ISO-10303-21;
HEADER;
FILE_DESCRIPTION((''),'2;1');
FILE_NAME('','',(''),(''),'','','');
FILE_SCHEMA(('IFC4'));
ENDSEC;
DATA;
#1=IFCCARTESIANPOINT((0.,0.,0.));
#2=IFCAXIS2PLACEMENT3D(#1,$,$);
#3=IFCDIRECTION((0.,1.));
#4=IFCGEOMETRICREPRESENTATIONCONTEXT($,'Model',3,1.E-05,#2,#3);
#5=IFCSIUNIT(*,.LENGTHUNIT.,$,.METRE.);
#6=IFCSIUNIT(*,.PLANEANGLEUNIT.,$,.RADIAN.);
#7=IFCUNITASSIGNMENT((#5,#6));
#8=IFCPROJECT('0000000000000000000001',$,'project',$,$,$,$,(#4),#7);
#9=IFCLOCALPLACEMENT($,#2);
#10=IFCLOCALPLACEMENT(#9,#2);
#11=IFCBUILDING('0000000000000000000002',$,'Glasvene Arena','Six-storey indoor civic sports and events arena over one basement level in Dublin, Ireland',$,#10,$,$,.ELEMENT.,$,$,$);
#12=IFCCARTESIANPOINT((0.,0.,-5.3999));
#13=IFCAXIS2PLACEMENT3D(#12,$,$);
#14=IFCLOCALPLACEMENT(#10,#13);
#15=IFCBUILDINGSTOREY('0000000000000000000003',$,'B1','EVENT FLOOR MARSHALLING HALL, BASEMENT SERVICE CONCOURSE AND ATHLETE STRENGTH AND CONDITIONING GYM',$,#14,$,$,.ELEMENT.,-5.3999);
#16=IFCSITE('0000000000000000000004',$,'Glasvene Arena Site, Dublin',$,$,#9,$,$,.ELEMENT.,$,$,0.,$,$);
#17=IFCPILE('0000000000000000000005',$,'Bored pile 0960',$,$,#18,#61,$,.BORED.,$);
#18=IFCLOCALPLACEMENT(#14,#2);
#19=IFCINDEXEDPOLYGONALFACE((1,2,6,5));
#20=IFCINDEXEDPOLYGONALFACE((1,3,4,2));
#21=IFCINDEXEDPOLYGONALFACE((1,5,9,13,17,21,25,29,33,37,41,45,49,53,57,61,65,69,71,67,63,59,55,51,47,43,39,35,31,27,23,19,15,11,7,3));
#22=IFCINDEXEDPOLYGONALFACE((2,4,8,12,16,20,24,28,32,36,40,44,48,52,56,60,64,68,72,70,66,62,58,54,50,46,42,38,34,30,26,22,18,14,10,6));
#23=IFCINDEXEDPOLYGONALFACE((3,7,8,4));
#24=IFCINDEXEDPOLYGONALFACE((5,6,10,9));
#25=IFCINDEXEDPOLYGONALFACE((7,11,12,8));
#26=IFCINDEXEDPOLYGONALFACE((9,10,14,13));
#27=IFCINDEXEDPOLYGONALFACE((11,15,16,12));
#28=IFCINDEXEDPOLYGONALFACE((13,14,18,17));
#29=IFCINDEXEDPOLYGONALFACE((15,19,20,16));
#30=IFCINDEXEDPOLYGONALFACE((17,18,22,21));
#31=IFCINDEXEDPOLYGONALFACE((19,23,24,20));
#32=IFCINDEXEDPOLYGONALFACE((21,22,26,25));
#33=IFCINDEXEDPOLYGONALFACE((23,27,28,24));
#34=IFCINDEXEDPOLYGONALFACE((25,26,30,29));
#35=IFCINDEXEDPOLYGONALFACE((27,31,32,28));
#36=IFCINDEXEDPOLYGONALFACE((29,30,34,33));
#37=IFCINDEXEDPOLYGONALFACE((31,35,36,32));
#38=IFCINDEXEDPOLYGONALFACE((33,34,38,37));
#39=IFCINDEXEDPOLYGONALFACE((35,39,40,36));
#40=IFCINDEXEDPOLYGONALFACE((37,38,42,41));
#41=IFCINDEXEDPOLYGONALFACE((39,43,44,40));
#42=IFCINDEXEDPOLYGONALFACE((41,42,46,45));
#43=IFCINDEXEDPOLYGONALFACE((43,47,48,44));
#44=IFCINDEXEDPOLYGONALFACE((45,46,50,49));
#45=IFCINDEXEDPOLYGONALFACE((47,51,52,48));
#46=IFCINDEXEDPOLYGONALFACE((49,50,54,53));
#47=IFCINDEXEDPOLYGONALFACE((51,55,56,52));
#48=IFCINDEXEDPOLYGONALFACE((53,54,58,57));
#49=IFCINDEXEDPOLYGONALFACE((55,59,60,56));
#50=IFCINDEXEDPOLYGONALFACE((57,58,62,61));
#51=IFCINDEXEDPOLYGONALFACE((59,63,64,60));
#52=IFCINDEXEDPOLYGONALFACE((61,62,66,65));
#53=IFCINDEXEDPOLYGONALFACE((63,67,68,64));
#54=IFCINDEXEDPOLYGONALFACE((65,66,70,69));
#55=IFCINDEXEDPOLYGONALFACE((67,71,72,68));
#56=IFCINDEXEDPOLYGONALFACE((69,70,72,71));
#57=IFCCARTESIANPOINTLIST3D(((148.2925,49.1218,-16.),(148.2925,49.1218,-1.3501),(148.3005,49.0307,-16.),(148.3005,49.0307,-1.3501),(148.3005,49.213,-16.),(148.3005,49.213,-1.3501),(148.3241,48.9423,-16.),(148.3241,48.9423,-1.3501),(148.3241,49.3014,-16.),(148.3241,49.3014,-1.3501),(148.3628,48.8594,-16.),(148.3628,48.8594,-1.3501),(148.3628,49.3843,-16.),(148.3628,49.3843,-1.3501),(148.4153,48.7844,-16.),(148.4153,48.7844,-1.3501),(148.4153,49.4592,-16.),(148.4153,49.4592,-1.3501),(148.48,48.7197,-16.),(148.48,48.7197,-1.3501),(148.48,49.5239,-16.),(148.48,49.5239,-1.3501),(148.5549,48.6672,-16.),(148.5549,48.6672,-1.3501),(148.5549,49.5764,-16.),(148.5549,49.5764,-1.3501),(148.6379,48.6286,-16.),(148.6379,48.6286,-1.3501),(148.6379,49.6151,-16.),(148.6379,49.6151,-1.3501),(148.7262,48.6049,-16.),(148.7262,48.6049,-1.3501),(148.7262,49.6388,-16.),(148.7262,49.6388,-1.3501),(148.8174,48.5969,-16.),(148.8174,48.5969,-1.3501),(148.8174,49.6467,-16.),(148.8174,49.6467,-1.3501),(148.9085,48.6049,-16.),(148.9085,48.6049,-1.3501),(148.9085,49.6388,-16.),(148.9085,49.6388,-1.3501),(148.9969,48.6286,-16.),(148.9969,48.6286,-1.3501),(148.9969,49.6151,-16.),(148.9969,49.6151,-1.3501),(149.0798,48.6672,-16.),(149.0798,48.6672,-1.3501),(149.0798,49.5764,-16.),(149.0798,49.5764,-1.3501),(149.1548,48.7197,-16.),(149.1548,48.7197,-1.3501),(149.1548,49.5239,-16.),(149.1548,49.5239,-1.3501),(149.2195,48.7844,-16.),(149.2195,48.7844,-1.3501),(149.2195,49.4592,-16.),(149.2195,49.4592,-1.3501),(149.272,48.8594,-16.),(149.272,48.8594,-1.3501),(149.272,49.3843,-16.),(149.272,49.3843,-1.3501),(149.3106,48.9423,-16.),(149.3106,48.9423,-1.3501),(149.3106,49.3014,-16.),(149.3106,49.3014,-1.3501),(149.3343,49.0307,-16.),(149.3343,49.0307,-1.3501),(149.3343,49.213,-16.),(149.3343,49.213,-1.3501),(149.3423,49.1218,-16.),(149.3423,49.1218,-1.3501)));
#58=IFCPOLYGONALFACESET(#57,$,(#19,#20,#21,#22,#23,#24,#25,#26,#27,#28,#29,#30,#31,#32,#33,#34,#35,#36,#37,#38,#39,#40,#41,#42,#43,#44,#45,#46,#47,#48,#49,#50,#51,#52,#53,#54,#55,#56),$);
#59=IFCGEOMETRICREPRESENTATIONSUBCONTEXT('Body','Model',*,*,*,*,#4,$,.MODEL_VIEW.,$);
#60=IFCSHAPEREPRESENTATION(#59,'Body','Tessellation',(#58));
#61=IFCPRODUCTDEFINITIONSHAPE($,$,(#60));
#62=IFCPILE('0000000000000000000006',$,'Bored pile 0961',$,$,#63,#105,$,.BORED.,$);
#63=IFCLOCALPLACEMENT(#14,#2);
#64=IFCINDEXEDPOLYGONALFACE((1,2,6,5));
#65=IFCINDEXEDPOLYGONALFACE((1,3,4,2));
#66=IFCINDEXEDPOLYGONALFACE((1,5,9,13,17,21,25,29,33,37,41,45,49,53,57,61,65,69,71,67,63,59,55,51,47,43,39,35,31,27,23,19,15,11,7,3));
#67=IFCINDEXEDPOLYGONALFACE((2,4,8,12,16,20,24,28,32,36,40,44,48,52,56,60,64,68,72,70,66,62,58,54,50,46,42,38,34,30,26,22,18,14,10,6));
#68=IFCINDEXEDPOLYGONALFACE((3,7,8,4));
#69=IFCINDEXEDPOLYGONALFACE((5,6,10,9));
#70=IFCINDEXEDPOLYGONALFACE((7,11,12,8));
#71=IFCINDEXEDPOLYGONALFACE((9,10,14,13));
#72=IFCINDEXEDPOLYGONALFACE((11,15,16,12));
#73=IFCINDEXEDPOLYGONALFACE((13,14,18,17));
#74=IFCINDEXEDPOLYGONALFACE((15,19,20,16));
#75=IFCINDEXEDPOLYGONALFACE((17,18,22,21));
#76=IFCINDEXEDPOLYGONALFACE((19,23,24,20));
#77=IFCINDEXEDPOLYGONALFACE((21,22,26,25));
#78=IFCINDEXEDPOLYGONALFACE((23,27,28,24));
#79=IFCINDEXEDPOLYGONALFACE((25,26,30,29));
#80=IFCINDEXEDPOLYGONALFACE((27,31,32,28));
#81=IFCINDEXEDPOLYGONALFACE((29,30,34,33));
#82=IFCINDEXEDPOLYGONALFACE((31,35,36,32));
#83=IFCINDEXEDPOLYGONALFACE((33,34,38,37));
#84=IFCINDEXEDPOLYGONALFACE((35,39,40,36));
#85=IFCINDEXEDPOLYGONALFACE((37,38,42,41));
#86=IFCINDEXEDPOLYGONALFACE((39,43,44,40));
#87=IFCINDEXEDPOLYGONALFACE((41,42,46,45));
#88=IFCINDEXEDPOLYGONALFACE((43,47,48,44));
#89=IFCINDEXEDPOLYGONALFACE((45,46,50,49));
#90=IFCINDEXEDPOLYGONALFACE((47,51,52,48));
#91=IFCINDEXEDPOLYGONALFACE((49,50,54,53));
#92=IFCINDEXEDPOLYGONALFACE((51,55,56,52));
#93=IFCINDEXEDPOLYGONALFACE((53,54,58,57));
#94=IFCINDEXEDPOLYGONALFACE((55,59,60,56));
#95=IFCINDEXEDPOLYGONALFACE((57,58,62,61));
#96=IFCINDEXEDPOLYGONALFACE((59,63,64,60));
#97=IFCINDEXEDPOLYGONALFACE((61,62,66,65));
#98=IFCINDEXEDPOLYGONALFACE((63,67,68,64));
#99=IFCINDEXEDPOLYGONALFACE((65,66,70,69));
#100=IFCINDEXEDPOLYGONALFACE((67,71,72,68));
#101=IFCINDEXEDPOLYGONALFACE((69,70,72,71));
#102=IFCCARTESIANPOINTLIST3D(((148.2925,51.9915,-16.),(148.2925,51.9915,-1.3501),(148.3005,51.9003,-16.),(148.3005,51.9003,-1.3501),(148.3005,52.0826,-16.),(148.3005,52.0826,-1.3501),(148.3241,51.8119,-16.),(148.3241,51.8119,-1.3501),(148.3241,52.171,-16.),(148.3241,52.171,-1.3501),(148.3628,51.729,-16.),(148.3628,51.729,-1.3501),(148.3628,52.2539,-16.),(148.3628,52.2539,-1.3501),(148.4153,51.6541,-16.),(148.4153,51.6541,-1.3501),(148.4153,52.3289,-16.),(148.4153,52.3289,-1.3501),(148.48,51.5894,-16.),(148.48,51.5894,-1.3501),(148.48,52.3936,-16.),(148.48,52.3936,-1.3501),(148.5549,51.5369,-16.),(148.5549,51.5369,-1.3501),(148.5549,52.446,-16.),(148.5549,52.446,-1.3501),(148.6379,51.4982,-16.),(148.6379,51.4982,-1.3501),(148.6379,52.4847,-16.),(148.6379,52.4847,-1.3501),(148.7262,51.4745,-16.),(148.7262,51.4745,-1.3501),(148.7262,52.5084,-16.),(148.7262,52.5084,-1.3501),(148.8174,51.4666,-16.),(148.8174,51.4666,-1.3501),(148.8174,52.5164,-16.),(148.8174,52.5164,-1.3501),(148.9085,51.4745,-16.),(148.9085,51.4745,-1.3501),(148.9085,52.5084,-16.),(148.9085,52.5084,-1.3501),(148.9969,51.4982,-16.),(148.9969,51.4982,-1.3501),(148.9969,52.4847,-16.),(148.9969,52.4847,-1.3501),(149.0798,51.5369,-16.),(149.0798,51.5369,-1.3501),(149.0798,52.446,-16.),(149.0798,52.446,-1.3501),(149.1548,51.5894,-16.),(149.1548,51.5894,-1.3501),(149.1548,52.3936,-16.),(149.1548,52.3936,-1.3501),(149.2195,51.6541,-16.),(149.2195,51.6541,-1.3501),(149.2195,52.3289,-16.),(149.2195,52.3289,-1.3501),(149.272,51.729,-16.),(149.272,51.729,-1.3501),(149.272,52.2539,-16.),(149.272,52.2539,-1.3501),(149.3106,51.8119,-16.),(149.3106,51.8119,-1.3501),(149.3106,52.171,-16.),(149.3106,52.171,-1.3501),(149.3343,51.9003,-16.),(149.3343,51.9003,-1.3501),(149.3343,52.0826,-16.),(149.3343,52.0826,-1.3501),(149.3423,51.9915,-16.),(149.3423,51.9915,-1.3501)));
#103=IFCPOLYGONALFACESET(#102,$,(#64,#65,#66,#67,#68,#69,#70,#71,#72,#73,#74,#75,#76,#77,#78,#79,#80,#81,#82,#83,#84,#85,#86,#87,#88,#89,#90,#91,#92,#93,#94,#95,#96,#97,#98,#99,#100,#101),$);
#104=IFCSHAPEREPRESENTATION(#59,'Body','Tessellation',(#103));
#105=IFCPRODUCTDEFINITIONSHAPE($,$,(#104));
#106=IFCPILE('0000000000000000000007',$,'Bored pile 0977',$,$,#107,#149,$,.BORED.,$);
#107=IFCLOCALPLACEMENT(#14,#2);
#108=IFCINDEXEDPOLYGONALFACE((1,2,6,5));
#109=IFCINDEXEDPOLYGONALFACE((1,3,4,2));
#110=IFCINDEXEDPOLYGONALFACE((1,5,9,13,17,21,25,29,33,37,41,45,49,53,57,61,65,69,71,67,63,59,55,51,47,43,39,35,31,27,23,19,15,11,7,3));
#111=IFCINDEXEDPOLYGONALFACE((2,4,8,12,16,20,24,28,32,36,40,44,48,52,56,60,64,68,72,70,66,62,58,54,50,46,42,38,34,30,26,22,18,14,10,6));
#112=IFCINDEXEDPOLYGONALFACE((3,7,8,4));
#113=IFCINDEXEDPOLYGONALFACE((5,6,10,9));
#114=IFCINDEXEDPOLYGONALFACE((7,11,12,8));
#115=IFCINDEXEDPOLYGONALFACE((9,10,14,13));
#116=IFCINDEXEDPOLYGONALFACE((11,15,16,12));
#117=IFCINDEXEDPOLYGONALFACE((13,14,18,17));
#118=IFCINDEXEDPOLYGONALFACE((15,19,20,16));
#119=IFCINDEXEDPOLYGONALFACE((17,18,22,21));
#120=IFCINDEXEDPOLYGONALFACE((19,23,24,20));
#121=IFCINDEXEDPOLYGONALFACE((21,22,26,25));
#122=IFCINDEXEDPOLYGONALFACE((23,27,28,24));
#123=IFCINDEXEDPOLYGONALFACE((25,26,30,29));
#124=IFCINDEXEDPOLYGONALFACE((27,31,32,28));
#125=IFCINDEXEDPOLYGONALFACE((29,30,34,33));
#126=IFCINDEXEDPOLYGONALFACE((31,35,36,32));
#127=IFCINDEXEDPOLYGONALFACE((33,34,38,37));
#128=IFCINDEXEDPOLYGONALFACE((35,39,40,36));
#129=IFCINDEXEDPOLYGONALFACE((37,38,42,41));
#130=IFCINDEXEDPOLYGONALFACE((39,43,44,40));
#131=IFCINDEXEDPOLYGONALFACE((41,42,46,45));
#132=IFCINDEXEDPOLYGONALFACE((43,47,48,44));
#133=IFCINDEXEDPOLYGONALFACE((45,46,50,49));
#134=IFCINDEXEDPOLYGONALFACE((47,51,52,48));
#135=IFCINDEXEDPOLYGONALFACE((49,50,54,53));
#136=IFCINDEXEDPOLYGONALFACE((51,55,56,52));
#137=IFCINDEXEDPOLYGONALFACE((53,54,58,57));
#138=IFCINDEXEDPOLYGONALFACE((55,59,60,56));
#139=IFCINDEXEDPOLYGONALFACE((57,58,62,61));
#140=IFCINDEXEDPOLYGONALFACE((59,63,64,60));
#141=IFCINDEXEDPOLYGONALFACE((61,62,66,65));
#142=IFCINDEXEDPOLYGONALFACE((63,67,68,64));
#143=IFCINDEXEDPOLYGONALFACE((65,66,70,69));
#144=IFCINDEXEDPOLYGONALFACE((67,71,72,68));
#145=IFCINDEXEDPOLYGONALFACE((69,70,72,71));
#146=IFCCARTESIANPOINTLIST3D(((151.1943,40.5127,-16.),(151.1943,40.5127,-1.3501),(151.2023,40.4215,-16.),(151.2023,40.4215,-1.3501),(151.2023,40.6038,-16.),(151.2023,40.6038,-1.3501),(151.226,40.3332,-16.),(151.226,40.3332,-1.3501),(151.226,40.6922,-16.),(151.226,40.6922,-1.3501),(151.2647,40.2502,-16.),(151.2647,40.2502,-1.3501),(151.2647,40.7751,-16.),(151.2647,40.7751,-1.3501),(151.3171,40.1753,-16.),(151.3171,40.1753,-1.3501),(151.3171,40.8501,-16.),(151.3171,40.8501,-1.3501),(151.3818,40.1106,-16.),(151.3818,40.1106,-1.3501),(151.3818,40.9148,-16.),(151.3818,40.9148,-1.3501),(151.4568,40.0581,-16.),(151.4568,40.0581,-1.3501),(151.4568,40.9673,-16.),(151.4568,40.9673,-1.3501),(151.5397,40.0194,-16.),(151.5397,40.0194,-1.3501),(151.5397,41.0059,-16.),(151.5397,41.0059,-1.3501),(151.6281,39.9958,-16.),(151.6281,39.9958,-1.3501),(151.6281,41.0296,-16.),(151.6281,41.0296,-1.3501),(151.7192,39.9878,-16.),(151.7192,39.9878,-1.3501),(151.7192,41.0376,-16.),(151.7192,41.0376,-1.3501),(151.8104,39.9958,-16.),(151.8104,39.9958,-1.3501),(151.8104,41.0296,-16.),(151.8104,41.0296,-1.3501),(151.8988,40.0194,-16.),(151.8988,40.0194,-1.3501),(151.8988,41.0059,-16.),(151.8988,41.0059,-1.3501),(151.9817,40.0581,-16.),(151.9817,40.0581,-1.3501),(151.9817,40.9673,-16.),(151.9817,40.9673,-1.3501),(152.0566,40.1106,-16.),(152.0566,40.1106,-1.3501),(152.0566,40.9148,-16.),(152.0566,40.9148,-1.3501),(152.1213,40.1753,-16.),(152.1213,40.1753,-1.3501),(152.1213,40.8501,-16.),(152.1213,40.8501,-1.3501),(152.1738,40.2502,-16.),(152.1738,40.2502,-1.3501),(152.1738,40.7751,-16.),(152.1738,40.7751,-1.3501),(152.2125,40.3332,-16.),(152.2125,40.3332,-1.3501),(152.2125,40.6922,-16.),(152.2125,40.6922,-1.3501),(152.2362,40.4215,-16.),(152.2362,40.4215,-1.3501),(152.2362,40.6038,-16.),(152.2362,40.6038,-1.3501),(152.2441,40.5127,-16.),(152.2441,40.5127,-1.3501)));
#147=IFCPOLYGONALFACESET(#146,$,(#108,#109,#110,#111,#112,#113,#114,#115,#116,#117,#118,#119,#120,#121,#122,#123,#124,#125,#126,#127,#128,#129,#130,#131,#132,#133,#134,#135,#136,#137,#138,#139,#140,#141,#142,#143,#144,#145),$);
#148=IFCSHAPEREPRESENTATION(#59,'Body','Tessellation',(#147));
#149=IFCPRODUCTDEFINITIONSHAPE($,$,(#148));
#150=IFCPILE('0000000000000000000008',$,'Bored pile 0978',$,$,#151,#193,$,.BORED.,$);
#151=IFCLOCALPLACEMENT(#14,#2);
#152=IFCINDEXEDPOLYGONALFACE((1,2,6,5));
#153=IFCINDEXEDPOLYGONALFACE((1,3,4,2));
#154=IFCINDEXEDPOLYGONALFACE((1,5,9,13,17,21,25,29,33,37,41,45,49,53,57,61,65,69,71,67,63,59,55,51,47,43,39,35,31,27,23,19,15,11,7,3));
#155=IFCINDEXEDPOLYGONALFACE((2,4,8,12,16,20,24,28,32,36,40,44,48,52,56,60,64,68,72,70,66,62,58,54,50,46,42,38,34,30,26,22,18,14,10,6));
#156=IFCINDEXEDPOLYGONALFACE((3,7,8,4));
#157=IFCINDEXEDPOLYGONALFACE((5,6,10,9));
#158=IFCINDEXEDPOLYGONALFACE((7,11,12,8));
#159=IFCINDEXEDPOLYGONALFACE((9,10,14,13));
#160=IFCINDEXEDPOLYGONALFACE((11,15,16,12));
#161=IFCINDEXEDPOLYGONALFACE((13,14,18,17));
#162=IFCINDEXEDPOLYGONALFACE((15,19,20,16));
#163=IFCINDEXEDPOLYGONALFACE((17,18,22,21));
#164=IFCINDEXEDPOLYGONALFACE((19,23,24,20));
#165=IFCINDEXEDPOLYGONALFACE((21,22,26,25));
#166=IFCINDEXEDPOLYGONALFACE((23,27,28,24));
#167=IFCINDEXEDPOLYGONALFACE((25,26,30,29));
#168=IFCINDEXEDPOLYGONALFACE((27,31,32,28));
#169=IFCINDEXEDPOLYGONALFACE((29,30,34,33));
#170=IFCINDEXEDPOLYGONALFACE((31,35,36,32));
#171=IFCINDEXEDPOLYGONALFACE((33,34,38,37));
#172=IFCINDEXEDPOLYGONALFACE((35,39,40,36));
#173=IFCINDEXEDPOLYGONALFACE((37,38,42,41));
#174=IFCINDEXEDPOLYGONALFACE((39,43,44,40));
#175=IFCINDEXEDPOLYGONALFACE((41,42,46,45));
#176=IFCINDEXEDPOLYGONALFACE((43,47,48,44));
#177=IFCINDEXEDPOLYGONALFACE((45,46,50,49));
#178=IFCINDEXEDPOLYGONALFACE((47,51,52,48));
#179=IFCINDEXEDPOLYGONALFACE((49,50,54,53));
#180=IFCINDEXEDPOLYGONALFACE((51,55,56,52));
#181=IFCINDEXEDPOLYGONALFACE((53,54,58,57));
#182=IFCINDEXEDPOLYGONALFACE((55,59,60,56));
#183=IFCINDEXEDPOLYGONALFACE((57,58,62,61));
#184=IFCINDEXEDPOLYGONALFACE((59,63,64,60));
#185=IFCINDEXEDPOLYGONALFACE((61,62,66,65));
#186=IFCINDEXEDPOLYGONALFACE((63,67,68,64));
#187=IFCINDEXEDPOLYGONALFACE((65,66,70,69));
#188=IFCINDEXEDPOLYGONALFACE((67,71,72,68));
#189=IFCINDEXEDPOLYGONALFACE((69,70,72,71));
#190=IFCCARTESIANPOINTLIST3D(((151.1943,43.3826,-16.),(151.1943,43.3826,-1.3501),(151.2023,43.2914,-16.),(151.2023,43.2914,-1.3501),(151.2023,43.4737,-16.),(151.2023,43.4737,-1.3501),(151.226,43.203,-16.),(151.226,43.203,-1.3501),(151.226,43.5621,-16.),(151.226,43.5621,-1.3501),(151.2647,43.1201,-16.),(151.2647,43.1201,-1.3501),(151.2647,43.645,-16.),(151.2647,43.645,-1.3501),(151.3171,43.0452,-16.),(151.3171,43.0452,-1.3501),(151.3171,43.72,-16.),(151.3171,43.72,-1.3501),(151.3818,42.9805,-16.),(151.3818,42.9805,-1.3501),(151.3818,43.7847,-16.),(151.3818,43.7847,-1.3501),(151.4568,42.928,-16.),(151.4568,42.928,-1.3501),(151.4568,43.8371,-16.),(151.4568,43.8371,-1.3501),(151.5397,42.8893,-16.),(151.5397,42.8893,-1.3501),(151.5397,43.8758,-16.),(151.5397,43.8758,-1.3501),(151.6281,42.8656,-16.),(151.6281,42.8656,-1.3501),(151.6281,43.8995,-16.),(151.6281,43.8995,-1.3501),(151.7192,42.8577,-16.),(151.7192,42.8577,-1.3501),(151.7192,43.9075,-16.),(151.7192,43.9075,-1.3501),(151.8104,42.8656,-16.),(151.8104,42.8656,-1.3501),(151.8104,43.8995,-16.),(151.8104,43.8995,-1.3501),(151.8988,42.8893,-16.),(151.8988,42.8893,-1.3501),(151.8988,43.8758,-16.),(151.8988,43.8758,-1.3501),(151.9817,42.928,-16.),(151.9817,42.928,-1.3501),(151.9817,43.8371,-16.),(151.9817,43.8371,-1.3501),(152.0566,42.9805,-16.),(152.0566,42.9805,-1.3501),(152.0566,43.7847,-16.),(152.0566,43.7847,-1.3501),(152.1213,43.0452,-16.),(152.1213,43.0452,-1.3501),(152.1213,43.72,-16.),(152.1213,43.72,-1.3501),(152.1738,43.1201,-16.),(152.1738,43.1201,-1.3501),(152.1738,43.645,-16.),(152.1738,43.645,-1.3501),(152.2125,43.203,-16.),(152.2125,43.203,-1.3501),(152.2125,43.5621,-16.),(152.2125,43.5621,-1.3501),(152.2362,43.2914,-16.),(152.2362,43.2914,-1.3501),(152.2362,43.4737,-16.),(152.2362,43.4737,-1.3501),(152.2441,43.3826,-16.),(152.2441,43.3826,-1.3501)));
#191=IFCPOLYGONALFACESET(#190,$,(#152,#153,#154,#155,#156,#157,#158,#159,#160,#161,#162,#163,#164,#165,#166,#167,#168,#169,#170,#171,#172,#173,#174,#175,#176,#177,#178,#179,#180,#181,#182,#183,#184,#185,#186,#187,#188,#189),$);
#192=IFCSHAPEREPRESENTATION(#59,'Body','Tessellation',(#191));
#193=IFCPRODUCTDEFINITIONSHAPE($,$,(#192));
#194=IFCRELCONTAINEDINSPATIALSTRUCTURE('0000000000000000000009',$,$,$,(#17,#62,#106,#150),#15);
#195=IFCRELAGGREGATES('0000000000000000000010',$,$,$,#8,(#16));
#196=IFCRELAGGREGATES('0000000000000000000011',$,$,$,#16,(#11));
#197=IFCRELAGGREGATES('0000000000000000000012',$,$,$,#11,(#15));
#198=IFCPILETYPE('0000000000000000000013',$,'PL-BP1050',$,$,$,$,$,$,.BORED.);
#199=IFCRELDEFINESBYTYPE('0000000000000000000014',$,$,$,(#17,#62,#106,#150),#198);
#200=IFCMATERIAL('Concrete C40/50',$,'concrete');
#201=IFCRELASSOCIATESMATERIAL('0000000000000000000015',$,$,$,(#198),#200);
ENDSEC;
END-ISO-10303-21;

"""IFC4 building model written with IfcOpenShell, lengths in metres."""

from ifc_helpers import new_model, si_unit, direction, frame, origin, origin_2d, place, context, subcontext, project, spatial, circle, extrude, material, material_profile, profile_set, type_object, element, save


model = new_model("IFC4")

# Units and contexts
model_context = context("Model", 3, precision=1e-05, world=origin(), true_north=direction((0.0, 1.0)))
body_context = subcontext(model_context, "Body", "Model", "MODEL_VIEW")
ifc_project = project(units=[si_unit("LENGTHUNIT", "METRE"), si_unit("PLANEANGLEUNIT", "RADIAN")], contexts=[model_context])

# Site, building, storey
site_placement = place(None, origin())
site = spatial("IfcSite", under=ifc_project, at=site_placement, Name="Glasvene Arena Site, Dublin", CompositionType="ELEMENT", RefElevation=0.0)
building_placement = place(site_placement, origin())
building = spatial("IfcBuilding", under=site, at=building_placement, Name="Glasvene Arena", Description="Six-storey indoor civic sports and events arena over one basement level in Dublin, Ireland", CompositionType="ELEMENT")
storey_placement = place(building_placement, frame((0.0, 0.0, -5.3999)))
storey = spatial("IfcBuildingStorey", under=building, at=storey_placement, Name="B1", Description="EVENT FLOOR MARSHALLING HALL, BASEMENT SERVICE CONCOURSE AND ATHLETE STRENGTH AND CONDITIONING GYM", CompositionType="ELEMENT", Elevation=-5.3999)

# Piles
ifc_material_1 = material(Name="Concrete C40/50", Category="concrete")
ifc_material_profile_1 = material_profile(ifc_material_1, circle(Radius=0.5249, at=origin_2d()), Name="BORED PILE 1050")
ifc_profile_set_1 = profile_set([ifc_material_profile_1], Name="Concrete C40/50")
pile_type = type_object("IfcPileType", Name="PL-BP1050", PredefinedType="BORED", material=ifc_profile_set_1)
for number, where, z_axis, x_axis, name in (
    (1, (148.8174, 49.1218, -1.3501), (0.0, 0.0, -1.0), (1.0, 0.0, 0.0), "Bored pile 0960"),
    (2, (148.8174, 51.9915, -1.3501), (0.0, 0.0, -1.0), (1.0, 0.0, 0.0), "Bored pile 0961"),
    (3, (151.7192, 40.5127, -1.3501), (0.0, 0.0, -1.0), (1.0, 0.0, 0.0), "Bored pile 0977"),
    (4, (151.7192, 43.3826, -1.3501), (0.0, 0.0, -1.0), (1.0, 0.0, 0.0), "Bored pile 0978"),
):
    element("IfcPile", number, at=place(storey_placement, frame(where, z_axis=z_axis, x_axis=x_axis)), inside=storey, type_object=pile_type, Name=name, PredefinedType="BORED", context=body_context, shape_type="SweptSolid", body=[
        extrude(circle(Radius=0.5249, at=origin_2d()), origin(), (0.0, 0.0, 1.0), 14.6499),
    ])

save(model, "model.ifc")
